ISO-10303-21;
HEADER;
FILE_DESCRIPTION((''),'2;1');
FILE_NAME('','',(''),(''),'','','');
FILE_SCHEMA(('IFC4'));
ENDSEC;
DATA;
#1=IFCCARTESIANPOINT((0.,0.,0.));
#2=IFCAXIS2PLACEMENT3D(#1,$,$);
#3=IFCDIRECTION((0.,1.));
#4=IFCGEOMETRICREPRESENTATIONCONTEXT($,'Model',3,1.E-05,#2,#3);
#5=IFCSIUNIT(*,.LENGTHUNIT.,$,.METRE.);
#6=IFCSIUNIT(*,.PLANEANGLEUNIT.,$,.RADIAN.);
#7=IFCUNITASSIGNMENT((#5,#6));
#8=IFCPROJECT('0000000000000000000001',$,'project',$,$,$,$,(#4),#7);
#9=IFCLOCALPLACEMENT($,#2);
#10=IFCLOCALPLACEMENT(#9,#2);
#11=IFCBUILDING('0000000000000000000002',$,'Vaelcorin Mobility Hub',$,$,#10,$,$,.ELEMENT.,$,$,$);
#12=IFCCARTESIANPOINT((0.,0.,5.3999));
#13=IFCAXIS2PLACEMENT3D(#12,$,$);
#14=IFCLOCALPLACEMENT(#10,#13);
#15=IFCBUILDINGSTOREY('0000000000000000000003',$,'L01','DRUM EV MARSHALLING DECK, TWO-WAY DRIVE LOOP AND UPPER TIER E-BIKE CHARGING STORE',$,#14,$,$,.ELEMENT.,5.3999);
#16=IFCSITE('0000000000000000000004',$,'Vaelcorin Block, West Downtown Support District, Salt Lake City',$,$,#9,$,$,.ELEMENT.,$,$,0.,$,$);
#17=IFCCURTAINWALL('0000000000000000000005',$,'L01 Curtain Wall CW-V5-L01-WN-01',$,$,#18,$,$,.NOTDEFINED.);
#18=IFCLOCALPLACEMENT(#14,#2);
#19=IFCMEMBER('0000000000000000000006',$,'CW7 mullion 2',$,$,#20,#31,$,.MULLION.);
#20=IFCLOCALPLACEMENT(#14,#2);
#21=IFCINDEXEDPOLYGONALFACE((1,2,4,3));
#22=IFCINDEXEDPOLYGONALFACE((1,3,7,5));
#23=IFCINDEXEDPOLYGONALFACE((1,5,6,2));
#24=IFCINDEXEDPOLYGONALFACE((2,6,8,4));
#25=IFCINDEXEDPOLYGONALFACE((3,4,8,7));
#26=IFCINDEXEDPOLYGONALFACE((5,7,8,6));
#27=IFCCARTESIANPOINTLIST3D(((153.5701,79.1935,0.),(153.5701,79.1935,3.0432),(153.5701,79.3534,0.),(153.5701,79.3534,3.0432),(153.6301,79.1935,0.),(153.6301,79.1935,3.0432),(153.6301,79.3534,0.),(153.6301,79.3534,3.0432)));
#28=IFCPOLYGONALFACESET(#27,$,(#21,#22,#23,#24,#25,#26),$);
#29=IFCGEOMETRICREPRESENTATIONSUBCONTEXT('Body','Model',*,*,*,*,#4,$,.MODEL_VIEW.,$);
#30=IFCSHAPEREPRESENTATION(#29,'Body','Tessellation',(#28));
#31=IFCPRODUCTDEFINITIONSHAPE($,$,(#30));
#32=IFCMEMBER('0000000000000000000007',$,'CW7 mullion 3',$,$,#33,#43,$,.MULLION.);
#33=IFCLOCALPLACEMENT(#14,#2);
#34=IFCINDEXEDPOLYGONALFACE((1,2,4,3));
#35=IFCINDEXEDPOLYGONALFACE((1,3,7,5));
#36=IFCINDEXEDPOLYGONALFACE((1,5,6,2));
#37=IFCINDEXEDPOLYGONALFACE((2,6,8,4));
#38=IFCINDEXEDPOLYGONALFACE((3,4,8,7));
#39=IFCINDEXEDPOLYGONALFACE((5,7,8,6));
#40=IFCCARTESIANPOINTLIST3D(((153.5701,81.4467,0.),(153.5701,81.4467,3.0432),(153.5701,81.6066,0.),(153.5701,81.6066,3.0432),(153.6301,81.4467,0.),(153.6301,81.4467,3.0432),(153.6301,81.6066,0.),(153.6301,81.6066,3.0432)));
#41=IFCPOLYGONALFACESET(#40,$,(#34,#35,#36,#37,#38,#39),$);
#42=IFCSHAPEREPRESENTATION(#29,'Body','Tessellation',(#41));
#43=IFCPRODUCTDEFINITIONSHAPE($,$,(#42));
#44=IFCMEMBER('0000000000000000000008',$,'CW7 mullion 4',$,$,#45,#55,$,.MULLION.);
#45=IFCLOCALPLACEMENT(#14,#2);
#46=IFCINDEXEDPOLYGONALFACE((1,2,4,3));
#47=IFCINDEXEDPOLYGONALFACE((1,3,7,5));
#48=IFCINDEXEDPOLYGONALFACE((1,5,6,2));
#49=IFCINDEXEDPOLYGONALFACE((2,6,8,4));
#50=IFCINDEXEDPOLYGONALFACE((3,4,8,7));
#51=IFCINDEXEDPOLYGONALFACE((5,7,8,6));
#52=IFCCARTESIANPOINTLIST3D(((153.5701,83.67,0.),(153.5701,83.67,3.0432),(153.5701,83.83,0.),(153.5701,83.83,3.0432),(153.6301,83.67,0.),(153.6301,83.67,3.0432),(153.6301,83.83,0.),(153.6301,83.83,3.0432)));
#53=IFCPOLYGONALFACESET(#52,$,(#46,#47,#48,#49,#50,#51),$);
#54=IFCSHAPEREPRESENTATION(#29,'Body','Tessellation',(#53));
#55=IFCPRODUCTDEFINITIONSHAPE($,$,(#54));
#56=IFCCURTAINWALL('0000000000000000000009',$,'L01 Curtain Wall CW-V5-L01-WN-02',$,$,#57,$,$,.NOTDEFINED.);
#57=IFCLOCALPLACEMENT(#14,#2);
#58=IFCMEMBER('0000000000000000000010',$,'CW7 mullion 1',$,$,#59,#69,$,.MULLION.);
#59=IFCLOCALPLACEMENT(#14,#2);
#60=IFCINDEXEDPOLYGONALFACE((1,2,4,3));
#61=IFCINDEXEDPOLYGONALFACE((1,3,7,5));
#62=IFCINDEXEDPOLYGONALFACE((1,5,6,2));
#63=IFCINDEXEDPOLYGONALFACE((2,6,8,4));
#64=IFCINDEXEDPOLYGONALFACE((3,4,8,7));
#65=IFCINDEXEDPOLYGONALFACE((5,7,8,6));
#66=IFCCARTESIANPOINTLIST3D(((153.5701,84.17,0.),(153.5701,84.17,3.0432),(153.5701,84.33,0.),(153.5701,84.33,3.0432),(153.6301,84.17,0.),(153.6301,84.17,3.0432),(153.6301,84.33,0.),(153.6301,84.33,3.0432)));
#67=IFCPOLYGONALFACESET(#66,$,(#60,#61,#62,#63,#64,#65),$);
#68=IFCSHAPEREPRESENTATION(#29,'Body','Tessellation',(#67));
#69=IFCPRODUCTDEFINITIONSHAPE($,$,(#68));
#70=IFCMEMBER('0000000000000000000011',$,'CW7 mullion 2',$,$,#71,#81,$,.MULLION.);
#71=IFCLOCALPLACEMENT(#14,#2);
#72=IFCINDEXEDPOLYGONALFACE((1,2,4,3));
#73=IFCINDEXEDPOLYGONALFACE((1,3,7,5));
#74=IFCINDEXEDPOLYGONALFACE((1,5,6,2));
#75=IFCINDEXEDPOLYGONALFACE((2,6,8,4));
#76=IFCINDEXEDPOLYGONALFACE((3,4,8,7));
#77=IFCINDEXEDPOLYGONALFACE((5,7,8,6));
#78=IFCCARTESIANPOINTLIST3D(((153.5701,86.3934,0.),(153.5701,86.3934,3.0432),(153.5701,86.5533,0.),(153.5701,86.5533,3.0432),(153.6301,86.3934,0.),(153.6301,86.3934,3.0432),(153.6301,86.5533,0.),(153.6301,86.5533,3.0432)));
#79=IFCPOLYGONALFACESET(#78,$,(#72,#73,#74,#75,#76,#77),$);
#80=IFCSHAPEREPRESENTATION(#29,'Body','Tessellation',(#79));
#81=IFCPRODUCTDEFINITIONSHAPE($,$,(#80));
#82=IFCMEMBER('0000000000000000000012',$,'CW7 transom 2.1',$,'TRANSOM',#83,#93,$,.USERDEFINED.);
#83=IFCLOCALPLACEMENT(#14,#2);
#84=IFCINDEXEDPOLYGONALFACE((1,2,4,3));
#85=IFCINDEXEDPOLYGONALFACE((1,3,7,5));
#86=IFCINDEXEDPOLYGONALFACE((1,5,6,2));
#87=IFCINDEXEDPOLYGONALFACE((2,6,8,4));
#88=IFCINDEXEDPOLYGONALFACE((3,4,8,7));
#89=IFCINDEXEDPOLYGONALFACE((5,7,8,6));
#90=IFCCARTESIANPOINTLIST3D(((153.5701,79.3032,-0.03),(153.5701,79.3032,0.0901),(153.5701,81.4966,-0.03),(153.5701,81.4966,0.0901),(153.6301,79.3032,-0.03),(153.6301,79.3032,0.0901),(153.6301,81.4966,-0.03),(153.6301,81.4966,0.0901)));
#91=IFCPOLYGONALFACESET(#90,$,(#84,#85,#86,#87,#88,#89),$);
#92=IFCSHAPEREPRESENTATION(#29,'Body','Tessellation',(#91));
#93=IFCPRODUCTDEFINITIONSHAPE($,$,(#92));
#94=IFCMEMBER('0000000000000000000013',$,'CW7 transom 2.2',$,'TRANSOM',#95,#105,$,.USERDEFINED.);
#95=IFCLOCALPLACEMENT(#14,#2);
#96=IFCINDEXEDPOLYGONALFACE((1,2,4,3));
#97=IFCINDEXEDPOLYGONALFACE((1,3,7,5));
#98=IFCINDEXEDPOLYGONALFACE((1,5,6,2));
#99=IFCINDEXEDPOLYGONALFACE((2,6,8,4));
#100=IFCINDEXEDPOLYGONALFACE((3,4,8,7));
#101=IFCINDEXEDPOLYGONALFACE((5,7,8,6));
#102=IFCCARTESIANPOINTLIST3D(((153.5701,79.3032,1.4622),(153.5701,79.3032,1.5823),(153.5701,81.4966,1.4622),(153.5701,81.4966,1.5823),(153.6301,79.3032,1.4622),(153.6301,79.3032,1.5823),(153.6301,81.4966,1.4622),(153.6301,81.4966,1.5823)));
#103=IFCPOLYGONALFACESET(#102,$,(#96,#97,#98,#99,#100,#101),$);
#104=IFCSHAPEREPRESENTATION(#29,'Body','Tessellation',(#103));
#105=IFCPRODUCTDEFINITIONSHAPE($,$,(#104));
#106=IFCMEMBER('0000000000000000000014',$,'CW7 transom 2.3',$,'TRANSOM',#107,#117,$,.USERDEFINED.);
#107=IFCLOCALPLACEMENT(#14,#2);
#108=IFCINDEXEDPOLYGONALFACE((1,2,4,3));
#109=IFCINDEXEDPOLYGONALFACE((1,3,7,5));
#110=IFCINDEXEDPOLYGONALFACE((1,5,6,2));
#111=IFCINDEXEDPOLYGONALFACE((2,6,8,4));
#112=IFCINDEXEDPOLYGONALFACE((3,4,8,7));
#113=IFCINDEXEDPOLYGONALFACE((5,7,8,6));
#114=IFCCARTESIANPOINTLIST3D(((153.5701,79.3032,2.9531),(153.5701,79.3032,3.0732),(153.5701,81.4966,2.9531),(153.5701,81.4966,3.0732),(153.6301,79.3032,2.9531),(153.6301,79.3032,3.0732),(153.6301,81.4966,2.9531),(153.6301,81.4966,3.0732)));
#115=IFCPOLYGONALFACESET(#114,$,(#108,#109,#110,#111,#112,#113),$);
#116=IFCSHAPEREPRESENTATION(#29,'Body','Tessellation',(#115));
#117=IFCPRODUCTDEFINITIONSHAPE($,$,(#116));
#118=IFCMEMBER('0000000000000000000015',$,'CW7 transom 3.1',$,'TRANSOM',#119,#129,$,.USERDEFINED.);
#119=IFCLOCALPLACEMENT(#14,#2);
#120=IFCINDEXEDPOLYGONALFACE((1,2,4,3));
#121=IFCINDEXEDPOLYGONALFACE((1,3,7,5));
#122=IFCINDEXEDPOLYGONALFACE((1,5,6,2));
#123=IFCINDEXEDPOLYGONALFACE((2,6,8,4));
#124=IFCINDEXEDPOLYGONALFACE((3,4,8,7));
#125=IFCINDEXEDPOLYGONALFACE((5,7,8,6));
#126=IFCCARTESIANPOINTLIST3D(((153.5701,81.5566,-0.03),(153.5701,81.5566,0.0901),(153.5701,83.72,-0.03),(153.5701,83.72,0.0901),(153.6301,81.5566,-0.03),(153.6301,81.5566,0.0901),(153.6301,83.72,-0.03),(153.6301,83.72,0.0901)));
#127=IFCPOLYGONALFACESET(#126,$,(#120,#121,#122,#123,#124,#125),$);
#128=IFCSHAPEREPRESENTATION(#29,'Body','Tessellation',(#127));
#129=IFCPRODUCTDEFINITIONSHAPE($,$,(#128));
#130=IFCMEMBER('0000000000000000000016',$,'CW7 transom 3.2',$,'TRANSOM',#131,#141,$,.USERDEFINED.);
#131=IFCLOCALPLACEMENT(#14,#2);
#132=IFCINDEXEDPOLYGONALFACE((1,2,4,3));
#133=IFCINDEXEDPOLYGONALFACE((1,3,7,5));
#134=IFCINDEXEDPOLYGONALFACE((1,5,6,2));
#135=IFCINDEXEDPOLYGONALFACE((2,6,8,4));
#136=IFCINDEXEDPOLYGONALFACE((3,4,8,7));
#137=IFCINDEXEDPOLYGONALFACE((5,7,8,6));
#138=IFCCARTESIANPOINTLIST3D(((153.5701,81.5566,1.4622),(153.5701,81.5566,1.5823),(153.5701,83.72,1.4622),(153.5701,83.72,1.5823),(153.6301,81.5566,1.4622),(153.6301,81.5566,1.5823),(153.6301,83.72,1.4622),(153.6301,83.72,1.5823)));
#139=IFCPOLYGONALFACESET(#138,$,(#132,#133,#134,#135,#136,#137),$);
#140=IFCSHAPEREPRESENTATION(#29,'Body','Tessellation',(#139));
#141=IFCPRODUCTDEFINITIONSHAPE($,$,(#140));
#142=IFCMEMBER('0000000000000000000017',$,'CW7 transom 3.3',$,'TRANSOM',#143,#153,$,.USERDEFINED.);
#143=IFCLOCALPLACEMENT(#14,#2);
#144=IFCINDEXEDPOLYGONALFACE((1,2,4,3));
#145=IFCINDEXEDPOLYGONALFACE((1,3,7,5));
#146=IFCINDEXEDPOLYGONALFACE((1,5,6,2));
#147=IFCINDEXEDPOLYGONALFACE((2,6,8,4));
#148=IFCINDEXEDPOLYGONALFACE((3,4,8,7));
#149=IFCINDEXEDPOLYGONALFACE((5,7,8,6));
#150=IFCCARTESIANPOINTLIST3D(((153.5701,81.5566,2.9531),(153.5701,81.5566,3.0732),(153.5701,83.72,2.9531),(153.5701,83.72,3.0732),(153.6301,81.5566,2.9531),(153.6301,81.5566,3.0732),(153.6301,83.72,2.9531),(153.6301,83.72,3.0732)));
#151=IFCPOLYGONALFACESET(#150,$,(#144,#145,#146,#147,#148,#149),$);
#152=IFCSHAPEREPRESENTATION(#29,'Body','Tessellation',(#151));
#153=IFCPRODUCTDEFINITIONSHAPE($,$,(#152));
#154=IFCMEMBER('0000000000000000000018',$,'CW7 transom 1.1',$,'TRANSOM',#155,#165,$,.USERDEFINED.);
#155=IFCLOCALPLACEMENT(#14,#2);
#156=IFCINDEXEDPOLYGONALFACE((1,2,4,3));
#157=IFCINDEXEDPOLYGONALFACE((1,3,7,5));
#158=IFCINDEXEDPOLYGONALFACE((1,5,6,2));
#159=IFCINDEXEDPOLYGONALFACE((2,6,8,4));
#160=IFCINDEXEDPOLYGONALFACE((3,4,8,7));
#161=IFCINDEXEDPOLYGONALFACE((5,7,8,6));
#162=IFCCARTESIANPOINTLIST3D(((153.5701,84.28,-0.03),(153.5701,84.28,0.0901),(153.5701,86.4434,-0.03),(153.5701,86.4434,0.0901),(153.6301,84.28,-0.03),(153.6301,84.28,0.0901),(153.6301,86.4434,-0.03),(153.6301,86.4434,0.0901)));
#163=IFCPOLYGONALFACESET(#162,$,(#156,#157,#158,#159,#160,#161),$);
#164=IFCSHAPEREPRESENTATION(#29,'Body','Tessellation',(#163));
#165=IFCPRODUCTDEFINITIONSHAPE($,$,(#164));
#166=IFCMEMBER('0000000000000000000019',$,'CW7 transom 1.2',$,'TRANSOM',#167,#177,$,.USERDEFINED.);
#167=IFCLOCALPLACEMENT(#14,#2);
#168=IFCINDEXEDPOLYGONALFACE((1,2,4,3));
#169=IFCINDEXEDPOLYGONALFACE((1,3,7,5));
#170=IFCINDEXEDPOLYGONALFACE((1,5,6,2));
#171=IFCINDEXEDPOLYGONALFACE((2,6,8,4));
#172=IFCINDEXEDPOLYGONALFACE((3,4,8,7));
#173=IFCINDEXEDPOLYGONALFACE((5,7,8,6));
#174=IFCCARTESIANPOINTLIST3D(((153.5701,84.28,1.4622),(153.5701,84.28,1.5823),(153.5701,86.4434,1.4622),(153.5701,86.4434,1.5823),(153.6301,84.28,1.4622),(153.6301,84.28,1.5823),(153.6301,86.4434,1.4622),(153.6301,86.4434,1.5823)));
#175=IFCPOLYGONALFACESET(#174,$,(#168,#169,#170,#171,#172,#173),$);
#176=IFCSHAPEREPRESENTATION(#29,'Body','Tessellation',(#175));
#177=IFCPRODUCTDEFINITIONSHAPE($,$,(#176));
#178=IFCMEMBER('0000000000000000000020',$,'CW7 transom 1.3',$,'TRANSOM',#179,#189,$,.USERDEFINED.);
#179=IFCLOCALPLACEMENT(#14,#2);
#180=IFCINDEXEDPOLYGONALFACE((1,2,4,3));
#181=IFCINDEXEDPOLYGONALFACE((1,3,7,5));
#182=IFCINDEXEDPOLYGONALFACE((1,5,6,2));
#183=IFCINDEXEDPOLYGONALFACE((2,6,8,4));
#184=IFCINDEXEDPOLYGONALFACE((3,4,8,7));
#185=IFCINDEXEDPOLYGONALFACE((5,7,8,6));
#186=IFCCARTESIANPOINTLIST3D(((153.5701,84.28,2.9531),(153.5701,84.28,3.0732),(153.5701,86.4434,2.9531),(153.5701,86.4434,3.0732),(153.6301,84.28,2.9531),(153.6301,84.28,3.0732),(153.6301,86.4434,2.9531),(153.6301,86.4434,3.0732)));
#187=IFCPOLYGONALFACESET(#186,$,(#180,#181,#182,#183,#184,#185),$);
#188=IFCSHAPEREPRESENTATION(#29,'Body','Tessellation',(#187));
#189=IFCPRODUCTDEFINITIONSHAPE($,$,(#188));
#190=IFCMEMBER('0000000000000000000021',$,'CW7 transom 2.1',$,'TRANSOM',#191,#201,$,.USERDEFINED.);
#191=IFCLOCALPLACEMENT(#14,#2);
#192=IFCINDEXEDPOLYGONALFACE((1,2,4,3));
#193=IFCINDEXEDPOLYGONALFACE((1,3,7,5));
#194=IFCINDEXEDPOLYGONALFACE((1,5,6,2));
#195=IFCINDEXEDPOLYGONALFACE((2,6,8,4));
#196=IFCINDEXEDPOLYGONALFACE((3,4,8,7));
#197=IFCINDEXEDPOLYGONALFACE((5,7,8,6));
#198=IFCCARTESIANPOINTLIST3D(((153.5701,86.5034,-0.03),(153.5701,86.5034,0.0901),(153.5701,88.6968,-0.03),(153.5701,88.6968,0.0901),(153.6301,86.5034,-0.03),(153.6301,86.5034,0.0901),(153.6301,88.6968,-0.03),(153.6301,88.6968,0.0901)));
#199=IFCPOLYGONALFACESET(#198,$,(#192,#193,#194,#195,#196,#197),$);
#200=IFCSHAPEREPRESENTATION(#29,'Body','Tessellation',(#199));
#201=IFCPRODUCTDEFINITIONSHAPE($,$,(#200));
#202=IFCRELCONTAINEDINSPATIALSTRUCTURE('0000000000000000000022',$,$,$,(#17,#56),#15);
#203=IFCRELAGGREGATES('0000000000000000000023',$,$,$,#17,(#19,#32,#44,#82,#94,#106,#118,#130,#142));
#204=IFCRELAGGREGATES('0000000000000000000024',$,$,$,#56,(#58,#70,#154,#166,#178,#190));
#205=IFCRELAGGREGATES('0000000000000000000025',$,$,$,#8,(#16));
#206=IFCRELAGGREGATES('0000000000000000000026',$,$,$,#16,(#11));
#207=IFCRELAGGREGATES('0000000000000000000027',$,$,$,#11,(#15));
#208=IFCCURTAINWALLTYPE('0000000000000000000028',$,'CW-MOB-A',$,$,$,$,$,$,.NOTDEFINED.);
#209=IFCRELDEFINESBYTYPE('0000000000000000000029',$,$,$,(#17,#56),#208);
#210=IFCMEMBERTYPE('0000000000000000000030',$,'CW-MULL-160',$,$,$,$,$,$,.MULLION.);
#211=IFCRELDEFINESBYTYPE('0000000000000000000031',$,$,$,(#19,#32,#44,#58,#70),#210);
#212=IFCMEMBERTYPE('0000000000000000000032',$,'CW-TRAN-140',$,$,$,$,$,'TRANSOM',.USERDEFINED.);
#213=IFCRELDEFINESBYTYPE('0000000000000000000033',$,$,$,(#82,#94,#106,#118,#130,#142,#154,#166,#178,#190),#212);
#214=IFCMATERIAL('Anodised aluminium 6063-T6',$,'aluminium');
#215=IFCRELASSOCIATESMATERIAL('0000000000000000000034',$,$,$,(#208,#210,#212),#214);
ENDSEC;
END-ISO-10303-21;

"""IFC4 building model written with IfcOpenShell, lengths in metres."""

from ifc_helpers import new_model, si_unit, direction, frame, origin, origin_2d, place, context, subcontext, project, spatial, rectangle, extrude, material, material_profile, profile_set, type_object, element, aggregate, save


model = new_model("IFC4")

# Units and contexts
model_context = context("Model", 3, precision=1e-05, world=origin(), true_north=direction((0.0, 1.0)))
body_context = subcontext(model_context, "Body", "Model", "MODEL_VIEW")
ifc_project = project(units=[si_unit("LENGTHUNIT", "METRE"), si_unit("PLANEANGLEUNIT", "RADIAN")], contexts=[model_context])

# Site, building, storey
site_placement = place(None, origin())
site = spatial("IfcSite", under=ifc_project, at=site_placement, Name="Vaelcorin Block, West Downtown Support District, Salt Lake City", CompositionType="ELEMENT", RefElevation=0.0)
building_placement = place(site_placement, origin())
building = spatial("IfcBuilding", under=site, at=building_placement, Name="Vaelcorin Mobility Hub", CompositionType="ELEMENT")
storey_placement = place(building_placement, frame((0.0, 0.0, 5.3999)))
storey = spatial("IfcBuildingStorey", under=building, at=storey_placement, Name="L01", Description="DRUM EV MARSHALLING DECK, TWO-WAY DRIVE LOOP AND UPPER TIER E-BIKE CHARGING STORE", CompositionType="ELEMENT", Elevation=5.3999)

# Curtain walls, members
ifc_material_1 = material(Name="Anodised aluminium 6063-T6", Category="aluminium")
curtain_wall_type = type_object("IfcCurtainWallType", Name="CW-MOB-A", PredefinedType="NOTDEFINED", material=ifc_material_1)
curtain_wall_1_placement = place(storey_placement, origin())
curtain_wall_1 = element("IfcCurtainWall", 1, at=curtain_wall_1_placement, inside=storey, type_object=curtain_wall_type, Name="L01 Curtain Wall CW-V5-L01-WN-01", PredefinedType="NOTDEFINED")
ifc_material_profile_1 = material_profile(ifc_material_1, rectangle(XDim=0.0601, YDim=0.1599, at=origin_2d()), Name="ALU-M60X160")
ifc_profile_set_1 = profile_set([ifc_material_profile_1], Name="Anodised aluminium 6063-T6")
member_type_1 = type_object("IfcMemberType", Name="CW-MULL-160", PredefinedType="MULLION", material=ifc_profile_set_1)
member_1_placement = place(storey_placement, frame((153.6001, 79.2734, 0.0), z_axis=(0.0, 0.0, 1.0), x_axis=(-1.0, 0.0, 0.0)))
member_1 = element("IfcMember", 2, at=member_1_placement, type_object=member_type_1, Name="CW7 mullion 2", PredefinedType="MULLION", context=body_context, shape_type="SweptSolid", body=[
    extrude(rectangle(XDim=0.0601, YDim=0.1599, at=origin_2d()), origin(), (0.0, 0.0, 1.0), 3.0432),
])
member_2_placement = place(storey_placement, frame((153.6001, 81.5266, 0.0), z_axis=(0.0, 0.0, 1.0), x_axis=(-1.0, 0.0, 0.0)))
member_2 = element("IfcMember", 3, at=member_2_placement, type_object=member_type_1, Name="CW7 mullion 3", PredefinedType="MULLION", context=body_context, shape_type="SweptSolid", body=[
    extrude(rectangle(XDim=0.0601, YDim=0.1599, at=origin_2d()), origin(), (0.0, 0.0, 1.0), 3.0432),
])
member_3_placement = place(storey_placement, frame((153.6001, 83.75, 0.0), z_axis=(0.0, 0.0, 1.0), x_axis=(-1.0, 0.0, 0.0)))
member_3 = element("IfcMember", 4, at=member_3_placement, type_object=member_type_1, Name="CW7 mullion 4", PredefinedType="MULLION", context=body_context, shape_type="SweptSolid", body=[
    extrude(rectangle(XDim=0.0601, YDim=0.1599, at=origin_2d()), origin(), (0.0, 0.0, 1.0), 3.0432),
])
curtain_wall_2_placement = place(storey_placement, origin())
curtain_wall_2 = element("IfcCurtainWall", 5, at=curtain_wall_2_placement, inside=storey, type_object=curtain_wall_type, Name="L01 Curtain Wall CW-V5-L01-WN-02", PredefinedType="NOTDEFINED")
member_4_placement = place(storey_placement, frame((153.6001, 84.25, 0.0), z_axis=(0.0, 0.0, 1.0), x_axis=(-1.0, 0.0, 0.0)))
member_4 = element("IfcMember", 6, at=member_4_placement, type_object=member_type_1, Name="CW7 mullion 1", PredefinedType="MULLION", context=body_context, shape_type="SweptSolid", body=[
    extrude(rectangle(XDim=0.0601, YDim=0.1599, at=origin_2d()), origin(), (0.0, 0.0, 1.0), 3.0432),
])
member_5_placement = place(storey_placement, frame((153.6001, 86.4734, 0.0), z_axis=(0.0, 0.0, 1.0), x_axis=(-1.0, 0.0, 0.0)))
member_5 = element("IfcMember", 7, at=member_5_placement, type_object=member_type_1, Name="CW7 mullion 2", PredefinedType="MULLION", context=body_context, shape_type="SweptSolid", body=[
    extrude(rectangle(XDim=0.0601, YDim=0.1599, at=origin_2d()), origin(), (0.0, 0.0, 1.0), 3.0432),
])

# Members
ifc_material_profile_2 = material_profile(ifc_material_1, rectangle(XDim=0.0601, YDim=0.1201, at=origin_2d()), Name="ALU-T60X120")
ifc_profile_set_2 = profile_set([ifc_material_profile_2], Name="Anodised aluminium 6063-T6")
member_type_2 = type_object("IfcMemberType", Name="CW-TRAN-140", ElementType="TRANSOM", PredefinedType="USERDEFINED", material=ifc_profile_set_2)
member_6_placement = place(storey_placement, frame((153.6001, 79.3032, 0.03), z_axis=(0.0, 1.0, 0.0), x_axis=(-1.0, 0.0, 0.0)))
member_6 = element("IfcMember", 8, at=member_6_placement, type_object=member_type_2, Name="CW7 transom 2.1", ObjectType="TRANSOM", PredefinedType="USERDEFINED", context=body_context, shape_type="SweptSolid", body=[
    extrude(rectangle(XDim=0.0601, YDim=0.1201, at=origin_2d()), origin(), (0.0, 0.0, 1.0), 2.1934),
])
member_7_placement = place(storey_placement, frame((153.6001, 79.3032, 1.5222), z_axis=(0.0, 1.0, 0.0), x_axis=(-1.0, 0.0, 0.0)))
member_7 = element("IfcMember", 9, at=member_7_placement, type_object=member_type_2, Name="CW7 transom 2.2", ObjectType="TRANSOM", PredefinedType="USERDEFINED", context=body_context, shape_type="SweptSolid", body=[
    extrude(rectangle(XDim=0.0601, YDim=0.1201, at=origin_2d()), origin(), (0.0, 0.0, 1.0), 2.1934),
])
member_8_placement = place(storey_placement, frame((153.6001, 79.3032, 3.0132), z_axis=(0.0, 1.0, 0.0), x_axis=(-1.0, 0.0, 0.0)))
member_8 = element("IfcMember", 10, at=member_8_placement, type_object=member_type_2, Name="CW7 transom 2.3", ObjectType="TRANSOM", PredefinedType="USERDEFINED", context=body_context, shape_type="SweptSolid", body=[
    extrude(rectangle(XDim=0.0601, YDim=0.1201, at=origin_2d()), origin(), (0.0, 0.0, 1.0), 2.1934),
])
member_9_placement = place(storey_placement, frame((153.6001, 81.5566, 0.03), z_axis=(0.0, 1.0, 0.0), x_axis=(-1.0, 0.0, 0.0)))
member_9 = element("IfcMember", 11, at=member_9_placement, type_object=member_type_2, Name="CW7 transom 3.1", ObjectType="TRANSOM", PredefinedType="USERDEFINED", context=body_context, shape_type="SweptSolid", body=[
    extrude(rectangle(XDim=0.0601, YDim=0.1201, at=origin_2d()), origin(), (0.0, 0.0, 1.0), 2.1633),
])
member_10_placement = place(storey_placement, frame((153.6001, 81.5566, 1.5222), z_axis=(0.0, 1.0, 0.0), x_axis=(-1.0, 0.0, 0.0)))
member_10 = element("IfcMember", 12, at=member_10_placement, type_object=member_type_2, Name="CW7 transom 3.2", ObjectType="TRANSOM", PredefinedType="USERDEFINED", context=body_context, shape_type="SweptSolid", body=[
    extrude(rectangle(XDim=0.0601, YDim=0.1201, at=origin_2d()), origin(), (0.0, 0.0, 1.0), 2.1633),
])
member_11_placement = place(storey_placement, frame((153.6001, 81.5566, 3.0132), z_axis=(0.0, 1.0, 0.0), x_axis=(-1.0, 0.0, 0.0)))
member_11 = element("IfcMember", 13, at=member_11_placement, type_object=member_type_2, Name="CW7 transom 3.3", ObjectType="TRANSOM", PredefinedType="USERDEFINED", context=body_context, shape_type="SweptSolid", body=[
    extrude(rectangle(XDim=0.0601, YDim=0.1201, at=origin_2d()), origin(), (0.0, 0.0, 1.0), 2.1633),
])
member_12_placement = place(storey_placement, frame((153.6001, 84.28, 0.03), z_axis=(0.0, 1.0, 0.0), x_axis=(-1.0, 0.0, 0.0)))
member_12 = element("IfcMember", 14, at=member_12_placement, type_object=member_type_2, Name="CW7 transom 1.1", ObjectType="TRANSOM", PredefinedType="USERDEFINED", context=body_context, shape_type="SweptSolid", body=[
    extrude(rectangle(XDim=0.0601, YDim=0.1201, at=origin_2d()), origin(), (0.0, 0.0, 1.0), 2.1633),
])
member_13_placement = place(storey_placement, frame((153.6001, 84.28, 1.5222), z_axis=(0.0, 1.0, 0.0), x_axis=(-1.0, 0.0, 0.0)))
member_13 = element("IfcMember", 15, at=member_13_placement, type_object=member_type_2, Name="CW7 transom 1.2", ObjectType="TRANSOM", PredefinedType="USERDEFINED", context=body_context, shape_type="SweptSolid", body=[
    extrude(rectangle(XDim=0.0601, YDim=0.1201, at=origin_2d()), origin(), (0.0, 0.0, 1.0), 2.1633),
])
member_14_placement = place(storey_placement, frame((153.6001, 84.28, 3.0132), z_axis=(0.0, 1.0, 0.0), x_axis=(-1.0, 0.0, 0.0)))
member_14 = element("IfcMember", 16, at=member_14_placement, type_object=member_type_2, Name="CW7 transom 1.3", ObjectType="TRANSOM", PredefinedType="USERDEFINED", context=body_context, shape_type="SweptSolid", body=[
    extrude(rectangle(XDim=0.0601, YDim=0.1201, at=origin_2d()), origin(), (0.0, 0.0, 1.0), 2.1633),
])
member_15_placement = place(storey_placement, frame((153.6001, 86.5034, 0.03), z_axis=(0.0, 1.0, 0.0), x_axis=(-1.0, 0.0, 0.0)))
member_15 = element("IfcMember", 17, at=member_15_placement, type_object=member_type_2, Name="CW7 transom 2.1", ObjectType="TRANSOM", PredefinedType="USERDEFINED", context=body_context, shape_type="SweptSolid", body=[
    extrude(rectangle(XDim=0.0601, YDim=0.1201, at=origin_2d()), origin(), (0.0, 0.0, 1.0), 2.1934),
])

aggregate(curtain_wall_1, [member_1, member_2, member_3, member_6, member_7, member_8, member_9, member_10, member_11])
aggregate(curtain_wall_2, [member_4, member_5, member_12, member_13, member_14, member_15])

save(model, "model.ifc")
